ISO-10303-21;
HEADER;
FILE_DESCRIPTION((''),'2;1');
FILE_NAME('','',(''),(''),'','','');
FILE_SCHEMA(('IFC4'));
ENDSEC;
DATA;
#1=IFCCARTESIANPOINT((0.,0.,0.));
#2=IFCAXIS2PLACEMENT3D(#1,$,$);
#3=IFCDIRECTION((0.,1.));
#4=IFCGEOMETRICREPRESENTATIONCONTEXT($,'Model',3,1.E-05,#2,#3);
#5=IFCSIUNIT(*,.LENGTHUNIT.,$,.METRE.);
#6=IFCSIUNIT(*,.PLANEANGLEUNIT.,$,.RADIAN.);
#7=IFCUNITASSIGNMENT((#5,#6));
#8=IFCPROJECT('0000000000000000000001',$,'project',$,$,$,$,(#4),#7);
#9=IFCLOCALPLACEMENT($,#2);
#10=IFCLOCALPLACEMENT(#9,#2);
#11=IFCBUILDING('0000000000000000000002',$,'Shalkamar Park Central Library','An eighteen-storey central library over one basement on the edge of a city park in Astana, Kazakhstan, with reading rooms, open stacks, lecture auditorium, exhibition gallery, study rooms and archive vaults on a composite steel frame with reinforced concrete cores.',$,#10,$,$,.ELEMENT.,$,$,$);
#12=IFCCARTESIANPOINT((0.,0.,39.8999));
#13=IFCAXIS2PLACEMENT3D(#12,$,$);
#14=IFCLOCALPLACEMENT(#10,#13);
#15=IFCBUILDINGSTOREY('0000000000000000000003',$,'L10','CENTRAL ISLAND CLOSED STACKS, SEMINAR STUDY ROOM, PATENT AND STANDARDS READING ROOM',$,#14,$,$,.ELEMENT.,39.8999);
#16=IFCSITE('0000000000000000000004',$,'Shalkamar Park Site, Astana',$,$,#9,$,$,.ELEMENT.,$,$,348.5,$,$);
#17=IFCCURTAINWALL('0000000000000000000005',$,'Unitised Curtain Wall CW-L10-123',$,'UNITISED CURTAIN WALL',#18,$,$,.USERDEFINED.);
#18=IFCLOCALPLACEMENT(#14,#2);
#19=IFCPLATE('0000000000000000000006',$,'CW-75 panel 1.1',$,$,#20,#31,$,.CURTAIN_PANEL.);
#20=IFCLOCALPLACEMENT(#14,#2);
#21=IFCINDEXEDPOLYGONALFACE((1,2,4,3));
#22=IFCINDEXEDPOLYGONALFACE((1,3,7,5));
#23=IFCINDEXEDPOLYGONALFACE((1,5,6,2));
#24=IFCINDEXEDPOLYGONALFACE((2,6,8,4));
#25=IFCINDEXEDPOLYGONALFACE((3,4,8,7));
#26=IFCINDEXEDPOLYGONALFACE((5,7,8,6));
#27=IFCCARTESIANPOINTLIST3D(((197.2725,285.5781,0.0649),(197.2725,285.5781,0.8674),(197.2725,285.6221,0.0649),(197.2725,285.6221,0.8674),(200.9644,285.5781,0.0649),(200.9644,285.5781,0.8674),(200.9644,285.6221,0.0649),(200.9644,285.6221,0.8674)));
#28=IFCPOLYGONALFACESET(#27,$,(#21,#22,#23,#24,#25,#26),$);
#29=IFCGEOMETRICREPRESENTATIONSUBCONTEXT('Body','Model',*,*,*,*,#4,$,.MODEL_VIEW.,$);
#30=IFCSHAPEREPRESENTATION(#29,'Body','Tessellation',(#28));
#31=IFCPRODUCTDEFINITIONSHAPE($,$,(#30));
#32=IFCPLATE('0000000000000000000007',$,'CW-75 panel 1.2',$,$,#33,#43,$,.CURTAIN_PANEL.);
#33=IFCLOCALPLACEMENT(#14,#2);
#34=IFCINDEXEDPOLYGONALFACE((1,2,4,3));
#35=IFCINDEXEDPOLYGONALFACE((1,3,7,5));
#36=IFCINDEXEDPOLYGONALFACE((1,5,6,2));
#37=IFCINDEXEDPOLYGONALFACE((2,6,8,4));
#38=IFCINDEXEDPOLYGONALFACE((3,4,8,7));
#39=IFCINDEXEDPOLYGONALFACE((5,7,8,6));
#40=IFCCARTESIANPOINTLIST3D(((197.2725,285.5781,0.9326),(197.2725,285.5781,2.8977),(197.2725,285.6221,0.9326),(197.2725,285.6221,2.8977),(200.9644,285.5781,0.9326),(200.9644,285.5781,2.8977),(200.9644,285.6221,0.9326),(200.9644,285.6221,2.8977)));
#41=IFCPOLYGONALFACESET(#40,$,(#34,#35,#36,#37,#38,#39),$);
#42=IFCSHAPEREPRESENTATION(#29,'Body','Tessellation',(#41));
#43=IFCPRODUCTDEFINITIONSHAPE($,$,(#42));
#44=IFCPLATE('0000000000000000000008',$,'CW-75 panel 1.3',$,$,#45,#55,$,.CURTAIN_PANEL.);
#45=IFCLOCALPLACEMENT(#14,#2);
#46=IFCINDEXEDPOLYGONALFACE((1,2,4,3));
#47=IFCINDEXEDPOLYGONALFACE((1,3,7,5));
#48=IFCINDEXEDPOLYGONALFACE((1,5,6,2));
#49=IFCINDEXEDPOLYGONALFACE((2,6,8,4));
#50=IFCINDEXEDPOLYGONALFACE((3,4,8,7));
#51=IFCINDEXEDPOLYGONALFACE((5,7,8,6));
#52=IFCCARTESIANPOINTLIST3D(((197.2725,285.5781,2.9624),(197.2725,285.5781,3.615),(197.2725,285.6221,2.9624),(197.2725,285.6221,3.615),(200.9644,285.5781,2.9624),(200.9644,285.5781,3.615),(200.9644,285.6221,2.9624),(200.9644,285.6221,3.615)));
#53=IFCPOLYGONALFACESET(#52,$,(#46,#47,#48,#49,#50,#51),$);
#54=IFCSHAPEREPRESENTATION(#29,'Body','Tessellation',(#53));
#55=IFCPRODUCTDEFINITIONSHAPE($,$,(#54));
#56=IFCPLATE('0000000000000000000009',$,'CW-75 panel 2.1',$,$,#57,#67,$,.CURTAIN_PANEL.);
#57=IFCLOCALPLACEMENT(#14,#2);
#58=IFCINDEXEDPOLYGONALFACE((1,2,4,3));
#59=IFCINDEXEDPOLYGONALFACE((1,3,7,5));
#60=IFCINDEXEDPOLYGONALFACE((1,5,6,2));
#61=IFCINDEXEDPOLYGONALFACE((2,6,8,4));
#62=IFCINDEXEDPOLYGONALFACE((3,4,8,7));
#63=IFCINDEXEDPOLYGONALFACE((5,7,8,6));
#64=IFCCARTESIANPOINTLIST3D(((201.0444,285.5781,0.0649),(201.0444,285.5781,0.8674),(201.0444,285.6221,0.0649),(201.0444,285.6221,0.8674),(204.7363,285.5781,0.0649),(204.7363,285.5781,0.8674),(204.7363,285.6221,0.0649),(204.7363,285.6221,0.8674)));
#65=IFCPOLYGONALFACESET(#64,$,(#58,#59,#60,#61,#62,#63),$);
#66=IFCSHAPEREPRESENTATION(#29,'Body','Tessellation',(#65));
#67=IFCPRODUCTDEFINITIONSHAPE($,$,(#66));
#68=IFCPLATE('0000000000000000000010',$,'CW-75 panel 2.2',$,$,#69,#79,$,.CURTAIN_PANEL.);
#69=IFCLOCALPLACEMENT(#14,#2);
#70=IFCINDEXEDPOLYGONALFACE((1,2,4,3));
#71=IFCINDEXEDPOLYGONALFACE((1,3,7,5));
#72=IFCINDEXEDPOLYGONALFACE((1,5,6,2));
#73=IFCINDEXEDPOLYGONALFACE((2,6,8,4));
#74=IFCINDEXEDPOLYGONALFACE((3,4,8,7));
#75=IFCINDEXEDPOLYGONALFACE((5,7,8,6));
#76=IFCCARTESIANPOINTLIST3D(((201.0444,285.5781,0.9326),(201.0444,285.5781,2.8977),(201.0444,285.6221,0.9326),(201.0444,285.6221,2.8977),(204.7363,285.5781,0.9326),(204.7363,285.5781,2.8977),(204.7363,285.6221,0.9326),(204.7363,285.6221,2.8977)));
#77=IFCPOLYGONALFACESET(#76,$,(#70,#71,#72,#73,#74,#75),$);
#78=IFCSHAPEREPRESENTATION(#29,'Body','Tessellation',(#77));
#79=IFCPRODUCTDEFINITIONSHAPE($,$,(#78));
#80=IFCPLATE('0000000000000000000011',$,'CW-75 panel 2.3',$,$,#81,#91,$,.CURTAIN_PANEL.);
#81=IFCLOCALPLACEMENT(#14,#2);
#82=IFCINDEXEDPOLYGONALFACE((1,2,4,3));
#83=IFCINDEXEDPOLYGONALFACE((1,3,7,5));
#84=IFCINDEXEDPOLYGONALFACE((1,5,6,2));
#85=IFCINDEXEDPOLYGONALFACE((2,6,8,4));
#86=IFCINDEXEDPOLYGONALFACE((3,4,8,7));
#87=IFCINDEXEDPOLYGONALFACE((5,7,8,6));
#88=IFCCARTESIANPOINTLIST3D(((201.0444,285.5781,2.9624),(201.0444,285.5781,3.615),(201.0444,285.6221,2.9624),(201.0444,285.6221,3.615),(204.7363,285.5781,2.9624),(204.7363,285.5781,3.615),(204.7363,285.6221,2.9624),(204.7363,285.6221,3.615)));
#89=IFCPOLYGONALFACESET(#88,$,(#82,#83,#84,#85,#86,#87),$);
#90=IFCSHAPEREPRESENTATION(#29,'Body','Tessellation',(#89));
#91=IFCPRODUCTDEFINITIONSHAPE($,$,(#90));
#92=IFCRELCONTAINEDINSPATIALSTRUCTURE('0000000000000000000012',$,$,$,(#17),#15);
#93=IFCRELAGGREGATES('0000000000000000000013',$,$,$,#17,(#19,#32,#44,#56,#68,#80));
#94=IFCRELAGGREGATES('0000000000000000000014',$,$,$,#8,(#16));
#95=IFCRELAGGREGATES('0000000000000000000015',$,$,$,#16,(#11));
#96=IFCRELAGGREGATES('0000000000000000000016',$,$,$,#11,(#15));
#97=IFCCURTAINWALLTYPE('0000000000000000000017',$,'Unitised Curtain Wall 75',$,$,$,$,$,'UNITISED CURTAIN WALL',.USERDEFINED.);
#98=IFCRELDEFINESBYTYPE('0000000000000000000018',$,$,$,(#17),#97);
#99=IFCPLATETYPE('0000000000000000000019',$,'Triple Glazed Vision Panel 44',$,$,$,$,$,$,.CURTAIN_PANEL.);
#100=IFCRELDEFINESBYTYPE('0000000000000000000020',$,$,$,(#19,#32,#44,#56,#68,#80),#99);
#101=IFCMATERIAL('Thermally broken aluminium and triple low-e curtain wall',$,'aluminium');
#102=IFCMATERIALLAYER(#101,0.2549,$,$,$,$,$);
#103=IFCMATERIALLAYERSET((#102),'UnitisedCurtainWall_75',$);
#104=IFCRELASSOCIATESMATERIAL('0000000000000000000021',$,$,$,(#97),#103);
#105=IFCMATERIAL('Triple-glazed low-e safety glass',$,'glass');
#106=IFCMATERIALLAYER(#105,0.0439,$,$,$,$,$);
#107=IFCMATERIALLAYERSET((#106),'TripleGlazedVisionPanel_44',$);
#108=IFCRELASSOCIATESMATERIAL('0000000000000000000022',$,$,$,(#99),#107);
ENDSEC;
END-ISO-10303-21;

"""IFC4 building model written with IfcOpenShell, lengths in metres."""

from ifc_helpers import new_model, si_unit, direction, frame, origin, origin_2d, place, context, subcontext, project, spatial, rectangle, extrude, material, layer, layer_set, type_object, element, aggregate, save


model = new_model("IFC4")

# Units and contexts
model_context = context("Model", 3, precision=1e-05, world=origin(), true_north=direction((0.0, 1.0)))
body_context = subcontext(model_context, "Body", "Model", "MODEL_VIEW")
ifc_project = project(units=[si_unit("LENGTHUNIT", "METRE"), si_unit("PLANEANGLEUNIT", "RADIAN")], contexts=[model_context])

# Site, building, storey
site_placement = place(None, origin())
site = spatial("IfcSite", under=ifc_project, at=site_placement, Name="Shalkamar Park Site, Astana", CompositionType="ELEMENT", RefElevation=348.5)
building_placement = place(site_placement, origin())
building = spatial("IfcBuilding", under=site, at=building_placement, Name="Shalkamar Park Central Library", Description="An eighteen-storey central library over one basement on the edge of a city park in Astana, Kazakhstan, with reading rooms, open stacks, lecture auditorium, exhibition gallery, study rooms and archive vaults on a composite steel frame with reinforced concrete cores.", CompositionType="ELEMENT")
storey_placement = place(building_placement, frame((0.0, 0.0, 39.8999)))
storey = spatial("IfcBuildingStorey", under=building, at=storey_placement, Name="L10", Description="CENTRAL ISLAND CLOSED STACKS, SEMINAR STUDY ROOM, PATENT AND STANDARDS READING ROOM", CompositionType="ELEMENT", Elevation=39.8999)

# Curtain wall
ifc_material_1 = material(Name="Thermally broken aluminium and triple low-e curtain wall", Category="aluminium")
ifc_layer_1 = layer(ifc_material_1, 0.2549)
ifc_layer_set_1 = layer_set([ifc_layer_1], Name="UnitisedCurtainWall_75")
curtain_wall_type_1 = type_object("IfcCurtainWallType", Name="Unitised Curtain Wall 75", ElementType="UNITISED CURTAIN WALL", PredefinedType="USERDEFINED", material=ifc_layer_set_1)
curtain_wall_1_placement = place(storey_placement, origin())
curtain_wall_1 = element("IfcCurtainWall", 1, at=curtain_wall_1_placement, inside=storey, type_object=curtain_wall_type_1, Name="Unitised Curtain Wall CW-L10-123", ObjectType="UNITISED CURTAIN WALL", PredefinedType="USERDEFINED")

# Plates
ifc_material_2 = material(Name="Triple-glazed low-e safety glass", Category="glass")
ifc_layer_2 = layer(ifc_material_2, 0.0439)
ifc_layer_set_2 = layer_set([ifc_layer_2], Name="TripleGlazedVisionPanel_44")
plate_type = type_object("IfcPlateType", Name="Triple Glazed Vision Panel 44", PredefinedType="CURTAIN_PANEL", material=ifc_layer_set_2)
plate_1_placement = place(storey_placement, frame((199.1184, 285.6001, 0.0649), z_axis=(0.0, 0.0, 1.0), x_axis=(1.0, 0.0, 0.0)))
plate_1 = element("IfcPlate", 2, at=plate_1_placement, type_object=plate_type, Name="CW-75 panel 1.1", PredefinedType="CURTAIN_PANEL", context=body_context, shape_type="SweptSolid", body=[
    extrude(rectangle(XDim=3.6919, YDim=0.0439, at=origin_2d()), origin(), (0.0, 0.0, 1.0), 0.8025),
])
plate_2_placement = place(storey_placement, frame((199.1184, 285.6001, 0.9326), z_axis=(0.0, 0.0, 1.0), x_axis=(1.0, 0.0, 0.0)))
plate_2 = element("IfcPlate", 3, at=plate_2_placement, type_object=plate_type, Name="CW-75 panel 1.2", PredefinedType="CURTAIN_PANEL", context=body_context, shape_type="SweptSolid", body=[
    extrude(rectangle(XDim=3.6919, YDim=0.0439, at=origin_2d()), origin(), (0.0, 0.0, 1.0), 1.9651),
])
plate_3_placement = place(storey_placement, frame((199.1184, 285.6001, 2.9624), z_axis=(0.0, 0.0, 1.0), x_axis=(1.0, 0.0, 0.0)))
plate_3 = element("IfcPlate", 4, at=plate_3_placement, type_object=plate_type, Name="CW-75 panel 1.3", PredefinedType="CURTAIN_PANEL", context=body_context, shape_type="SweptSolid", body=[
    extrude(rectangle(XDim=3.6919, YDim=0.0439, at=origin_2d()), origin(), (0.0, 0.0, 1.0), 0.6526),
])
plate_4_placement = place(storey_placement, frame((202.8904, 285.6001, 0.0649), z_axis=(0.0, 0.0, 1.0), x_axis=(1.0, 0.0, 0.0)))
plate_4 = element("IfcPlate", 5, at=plate_4_placement, type_object=plate_type, Name="CW-75 panel 2.1", PredefinedType="CURTAIN_PANEL", context=body_context, shape_type="SweptSolid", body=[
    extrude(rectangle(XDim=3.6919, YDim=0.0439, at=origin_2d()), origin(), (0.0, 0.0, 1.0), 0.8025),
])
plate_5_placement = place(storey_placement, frame((202.8904, 285.6001, 0.9326), z_axis=(0.0, 0.0, 1.0), x_axis=(1.0, 0.0, 0.0)))
plate_5 = element("IfcPlate", 6, at=plate_5_placement, type_object=plate_type, Name="CW-75 panel 2.2", PredefinedType="CURTAIN_PANEL", context=body_context, shape_type="SweptSolid", body=[
    extrude(rectangle(XDim=3.6919, YDim=0.0439, at=origin_2d()), origin(), (0.0, 0.0, 1.0), 1.9651),
])
plate_6_placement = place(storey_placement, frame((202.8904, 285.6001, 2.9624), z_axis=(0.0, 0.0, 1.0), x_axis=(1.0, 0.0, 0.0)))
plate_6 = element("IfcPlate", 7, at=plate_6_placement, type_object=plate_type, Name="CW-75 panel 2.3", PredefinedType="CURTAIN_PANEL", context=body_context, shape_type="SweptSolid", body=[
    extrude(rectangle(XDim=3.6919, YDim=0.0439, at=origin_2d()), origin(), (0.0, 0.0, 1.0), 0.6526),
])
aggregate(curtain_wall_1, [plate_1, plate_2, plate_3, plate_4, plate_5, plate_6])

save(model, "model.ifc")
